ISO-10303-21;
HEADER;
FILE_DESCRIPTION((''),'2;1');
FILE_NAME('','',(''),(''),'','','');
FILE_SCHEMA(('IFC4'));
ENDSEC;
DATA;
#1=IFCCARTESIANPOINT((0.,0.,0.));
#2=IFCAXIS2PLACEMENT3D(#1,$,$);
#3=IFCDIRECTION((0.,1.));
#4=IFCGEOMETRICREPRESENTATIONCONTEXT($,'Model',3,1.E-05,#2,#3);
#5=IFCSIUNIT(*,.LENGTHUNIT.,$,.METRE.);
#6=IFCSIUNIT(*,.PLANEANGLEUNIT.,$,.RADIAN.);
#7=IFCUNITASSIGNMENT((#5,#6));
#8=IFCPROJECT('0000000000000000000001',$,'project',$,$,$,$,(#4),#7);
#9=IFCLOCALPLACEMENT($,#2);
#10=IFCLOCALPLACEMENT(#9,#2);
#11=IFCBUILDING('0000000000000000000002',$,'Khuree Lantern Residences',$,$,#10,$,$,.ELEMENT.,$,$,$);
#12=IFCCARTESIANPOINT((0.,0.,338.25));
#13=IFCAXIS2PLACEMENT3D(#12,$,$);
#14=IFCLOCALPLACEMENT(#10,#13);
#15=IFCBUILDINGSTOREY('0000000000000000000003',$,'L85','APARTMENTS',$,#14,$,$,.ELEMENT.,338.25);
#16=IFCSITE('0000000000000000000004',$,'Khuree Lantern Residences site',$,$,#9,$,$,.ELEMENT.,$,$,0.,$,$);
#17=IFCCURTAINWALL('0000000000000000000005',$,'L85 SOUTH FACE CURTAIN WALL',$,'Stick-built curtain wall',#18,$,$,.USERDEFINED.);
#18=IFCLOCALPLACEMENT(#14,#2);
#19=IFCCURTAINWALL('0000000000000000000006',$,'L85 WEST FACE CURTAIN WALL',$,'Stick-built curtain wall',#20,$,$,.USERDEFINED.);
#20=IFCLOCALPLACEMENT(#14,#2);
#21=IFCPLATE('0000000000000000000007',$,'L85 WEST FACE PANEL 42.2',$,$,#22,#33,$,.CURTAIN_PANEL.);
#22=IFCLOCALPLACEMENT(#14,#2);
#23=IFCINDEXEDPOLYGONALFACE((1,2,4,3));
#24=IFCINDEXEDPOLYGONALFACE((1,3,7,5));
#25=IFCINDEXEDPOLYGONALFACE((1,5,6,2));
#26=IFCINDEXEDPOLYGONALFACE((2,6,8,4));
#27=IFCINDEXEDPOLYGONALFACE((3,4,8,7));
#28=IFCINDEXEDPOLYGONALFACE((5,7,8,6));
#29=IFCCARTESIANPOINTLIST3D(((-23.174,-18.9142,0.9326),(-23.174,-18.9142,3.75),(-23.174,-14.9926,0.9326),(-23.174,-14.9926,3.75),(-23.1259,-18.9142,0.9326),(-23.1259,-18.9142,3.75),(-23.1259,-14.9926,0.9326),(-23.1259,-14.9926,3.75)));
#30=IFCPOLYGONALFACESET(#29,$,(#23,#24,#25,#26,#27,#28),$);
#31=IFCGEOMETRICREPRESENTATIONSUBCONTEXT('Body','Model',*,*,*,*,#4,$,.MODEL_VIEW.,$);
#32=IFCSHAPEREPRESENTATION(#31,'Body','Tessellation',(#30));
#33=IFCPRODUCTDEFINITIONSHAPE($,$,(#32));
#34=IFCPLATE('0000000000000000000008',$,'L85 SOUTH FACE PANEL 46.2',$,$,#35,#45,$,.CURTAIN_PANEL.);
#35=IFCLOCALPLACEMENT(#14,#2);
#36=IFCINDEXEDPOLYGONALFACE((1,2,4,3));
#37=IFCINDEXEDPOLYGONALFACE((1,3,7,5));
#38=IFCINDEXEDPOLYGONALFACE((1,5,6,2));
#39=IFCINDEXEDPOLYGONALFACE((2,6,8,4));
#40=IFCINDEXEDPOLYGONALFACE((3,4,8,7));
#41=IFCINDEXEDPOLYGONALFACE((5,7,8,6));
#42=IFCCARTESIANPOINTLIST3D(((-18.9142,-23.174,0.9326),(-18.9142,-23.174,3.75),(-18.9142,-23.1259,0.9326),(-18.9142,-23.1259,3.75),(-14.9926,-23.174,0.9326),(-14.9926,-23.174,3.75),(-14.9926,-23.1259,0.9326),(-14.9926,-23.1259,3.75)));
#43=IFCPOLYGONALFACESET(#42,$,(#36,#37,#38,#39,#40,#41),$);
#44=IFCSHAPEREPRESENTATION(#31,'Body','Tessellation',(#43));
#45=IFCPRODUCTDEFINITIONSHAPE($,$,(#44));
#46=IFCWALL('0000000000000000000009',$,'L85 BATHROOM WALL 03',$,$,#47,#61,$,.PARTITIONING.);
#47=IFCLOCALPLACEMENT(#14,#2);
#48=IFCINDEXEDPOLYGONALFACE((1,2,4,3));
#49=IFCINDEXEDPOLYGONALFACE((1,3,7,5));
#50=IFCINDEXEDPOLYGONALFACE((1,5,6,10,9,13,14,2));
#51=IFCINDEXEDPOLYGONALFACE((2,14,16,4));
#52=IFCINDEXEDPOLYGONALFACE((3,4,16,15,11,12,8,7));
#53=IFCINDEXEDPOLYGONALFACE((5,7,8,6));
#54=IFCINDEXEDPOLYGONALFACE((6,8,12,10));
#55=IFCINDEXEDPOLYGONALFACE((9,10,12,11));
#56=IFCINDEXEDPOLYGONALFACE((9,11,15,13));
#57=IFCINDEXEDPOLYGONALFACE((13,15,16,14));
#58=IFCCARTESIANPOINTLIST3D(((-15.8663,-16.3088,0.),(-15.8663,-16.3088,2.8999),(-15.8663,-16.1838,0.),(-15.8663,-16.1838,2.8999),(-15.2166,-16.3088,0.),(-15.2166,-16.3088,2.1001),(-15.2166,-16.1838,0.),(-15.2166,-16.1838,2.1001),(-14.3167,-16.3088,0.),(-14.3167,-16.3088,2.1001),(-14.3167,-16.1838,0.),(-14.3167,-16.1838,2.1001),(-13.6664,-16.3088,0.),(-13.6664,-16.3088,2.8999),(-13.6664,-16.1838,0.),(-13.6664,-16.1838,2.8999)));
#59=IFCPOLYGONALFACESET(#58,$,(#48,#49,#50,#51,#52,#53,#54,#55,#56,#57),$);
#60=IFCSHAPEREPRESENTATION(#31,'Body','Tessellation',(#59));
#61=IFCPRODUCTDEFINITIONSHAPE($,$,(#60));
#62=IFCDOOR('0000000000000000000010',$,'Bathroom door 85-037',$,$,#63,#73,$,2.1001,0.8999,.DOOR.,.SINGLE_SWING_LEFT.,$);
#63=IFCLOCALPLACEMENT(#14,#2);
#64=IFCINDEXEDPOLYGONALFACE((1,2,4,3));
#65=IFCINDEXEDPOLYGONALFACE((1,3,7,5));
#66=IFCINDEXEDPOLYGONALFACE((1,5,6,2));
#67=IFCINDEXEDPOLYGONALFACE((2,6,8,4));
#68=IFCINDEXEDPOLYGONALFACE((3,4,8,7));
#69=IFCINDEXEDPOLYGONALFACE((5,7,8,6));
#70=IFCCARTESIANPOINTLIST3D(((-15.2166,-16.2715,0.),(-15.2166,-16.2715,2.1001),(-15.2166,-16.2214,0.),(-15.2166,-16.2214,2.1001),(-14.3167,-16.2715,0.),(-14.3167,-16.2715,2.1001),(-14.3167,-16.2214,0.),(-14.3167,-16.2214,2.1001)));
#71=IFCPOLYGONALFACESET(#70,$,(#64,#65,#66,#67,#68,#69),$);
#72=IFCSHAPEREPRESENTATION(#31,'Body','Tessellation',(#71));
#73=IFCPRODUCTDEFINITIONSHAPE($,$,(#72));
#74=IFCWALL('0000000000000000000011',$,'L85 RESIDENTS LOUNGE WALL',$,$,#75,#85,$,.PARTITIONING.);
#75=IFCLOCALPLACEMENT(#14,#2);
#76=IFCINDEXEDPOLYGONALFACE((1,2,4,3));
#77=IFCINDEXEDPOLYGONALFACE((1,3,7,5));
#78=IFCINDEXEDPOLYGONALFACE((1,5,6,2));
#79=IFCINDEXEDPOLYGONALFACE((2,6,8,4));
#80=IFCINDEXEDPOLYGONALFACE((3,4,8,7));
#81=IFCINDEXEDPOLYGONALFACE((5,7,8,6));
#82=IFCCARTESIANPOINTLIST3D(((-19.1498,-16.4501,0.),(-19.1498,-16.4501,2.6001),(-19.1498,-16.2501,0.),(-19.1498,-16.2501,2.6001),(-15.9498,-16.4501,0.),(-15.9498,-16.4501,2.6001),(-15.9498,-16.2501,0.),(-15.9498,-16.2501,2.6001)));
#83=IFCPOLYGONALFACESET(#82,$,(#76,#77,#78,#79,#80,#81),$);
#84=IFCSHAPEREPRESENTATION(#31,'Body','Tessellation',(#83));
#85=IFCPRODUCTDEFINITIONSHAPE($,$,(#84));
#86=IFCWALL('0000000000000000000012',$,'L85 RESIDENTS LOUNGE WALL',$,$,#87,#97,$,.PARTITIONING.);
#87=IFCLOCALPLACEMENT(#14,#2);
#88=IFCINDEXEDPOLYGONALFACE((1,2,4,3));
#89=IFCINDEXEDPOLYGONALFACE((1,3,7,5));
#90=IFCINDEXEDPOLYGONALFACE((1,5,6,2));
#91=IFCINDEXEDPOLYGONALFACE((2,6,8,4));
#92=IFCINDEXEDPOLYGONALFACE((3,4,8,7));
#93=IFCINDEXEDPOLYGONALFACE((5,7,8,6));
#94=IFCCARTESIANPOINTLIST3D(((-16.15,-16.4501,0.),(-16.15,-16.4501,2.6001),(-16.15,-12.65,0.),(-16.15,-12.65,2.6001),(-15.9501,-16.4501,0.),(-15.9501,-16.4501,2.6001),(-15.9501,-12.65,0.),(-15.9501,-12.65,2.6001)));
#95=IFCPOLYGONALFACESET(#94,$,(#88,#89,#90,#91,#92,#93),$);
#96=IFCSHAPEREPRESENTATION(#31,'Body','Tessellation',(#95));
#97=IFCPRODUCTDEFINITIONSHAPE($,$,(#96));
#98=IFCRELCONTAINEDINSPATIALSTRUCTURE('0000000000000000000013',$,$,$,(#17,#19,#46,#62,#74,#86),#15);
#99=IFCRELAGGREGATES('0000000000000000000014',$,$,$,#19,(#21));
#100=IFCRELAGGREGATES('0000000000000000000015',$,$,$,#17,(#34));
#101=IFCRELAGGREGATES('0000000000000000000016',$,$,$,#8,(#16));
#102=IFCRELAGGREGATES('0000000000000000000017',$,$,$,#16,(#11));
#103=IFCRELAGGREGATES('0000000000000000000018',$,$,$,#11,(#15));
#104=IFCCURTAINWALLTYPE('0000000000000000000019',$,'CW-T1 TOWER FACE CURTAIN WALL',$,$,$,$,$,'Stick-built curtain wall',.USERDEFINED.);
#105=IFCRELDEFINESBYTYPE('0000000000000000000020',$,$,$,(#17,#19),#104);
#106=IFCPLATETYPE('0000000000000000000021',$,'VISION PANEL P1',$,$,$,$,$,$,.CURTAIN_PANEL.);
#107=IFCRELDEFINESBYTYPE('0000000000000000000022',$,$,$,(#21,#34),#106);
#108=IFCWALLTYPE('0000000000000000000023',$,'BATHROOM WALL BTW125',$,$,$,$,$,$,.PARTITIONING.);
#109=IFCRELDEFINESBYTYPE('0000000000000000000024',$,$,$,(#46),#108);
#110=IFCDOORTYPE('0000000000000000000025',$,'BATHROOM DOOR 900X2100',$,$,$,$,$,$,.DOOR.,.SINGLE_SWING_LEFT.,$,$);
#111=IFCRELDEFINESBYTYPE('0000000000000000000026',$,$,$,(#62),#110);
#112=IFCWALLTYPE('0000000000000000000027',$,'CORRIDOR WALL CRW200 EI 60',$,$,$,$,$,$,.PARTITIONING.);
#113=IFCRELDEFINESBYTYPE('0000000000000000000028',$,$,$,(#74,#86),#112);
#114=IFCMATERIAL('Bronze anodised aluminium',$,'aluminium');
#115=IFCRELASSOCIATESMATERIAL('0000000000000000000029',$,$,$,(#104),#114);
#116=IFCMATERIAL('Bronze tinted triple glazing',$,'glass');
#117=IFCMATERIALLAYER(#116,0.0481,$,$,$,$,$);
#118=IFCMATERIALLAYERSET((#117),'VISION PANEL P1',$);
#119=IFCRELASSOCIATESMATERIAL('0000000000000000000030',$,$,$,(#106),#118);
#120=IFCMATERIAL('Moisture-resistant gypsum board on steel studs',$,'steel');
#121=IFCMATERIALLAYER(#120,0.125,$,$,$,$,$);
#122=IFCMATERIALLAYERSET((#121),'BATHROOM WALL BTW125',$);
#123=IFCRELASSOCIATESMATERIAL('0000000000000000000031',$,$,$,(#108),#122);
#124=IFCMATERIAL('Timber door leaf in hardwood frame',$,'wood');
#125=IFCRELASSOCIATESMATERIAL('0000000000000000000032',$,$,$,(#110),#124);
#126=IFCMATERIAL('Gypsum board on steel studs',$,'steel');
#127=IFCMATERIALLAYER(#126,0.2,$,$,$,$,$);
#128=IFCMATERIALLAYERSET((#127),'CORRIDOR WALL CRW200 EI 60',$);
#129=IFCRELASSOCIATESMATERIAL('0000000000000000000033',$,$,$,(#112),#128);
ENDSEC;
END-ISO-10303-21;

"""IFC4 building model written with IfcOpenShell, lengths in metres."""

from ifc_helpers import new_model, si_unit, direction, frame, frame_2d, origin, origin_2d, place, context, subcontext, project, spatial, rectangle, extrude, material, layer, layer_set, type_object, element, fill, aggregate, save


model = new_model("IFC4")

# Units and contexts
model_context = context("Model", 3, precision=1e-05, world=origin(), true_north=direction((0.0, 1.0)))
body_context = subcontext(model_context, "Body", "Model", "MODEL_VIEW")
ifc_project = project(units=[si_unit("LENGTHUNIT", "METRE"), si_unit("PLANEANGLEUNIT", "RADIAN")], contexts=[model_context])

# Site, building, storey
site_placement = place(None, origin())
site = spatial("IfcSite", under=ifc_project, at=site_placement, Name="Khuree Lantern Residences site", CompositionType="ELEMENT", RefElevation=0.0)
building_placement = place(site_placement, origin())
building = spatial("IfcBuilding", under=site, at=building_placement, Name="Khuree Lantern Residences", CompositionType="ELEMENT")
storey_placement = place(building_placement, frame((0.0, 0.0, 338.25)))
storey = spatial("IfcBuildingStorey", under=building, at=storey_placement, Name="L85", Description="APARTMENTS", CompositionType="ELEMENT", Elevation=338.25)

# Shared definitions
ifc_material_1 = material(Name="Bronze anodised aluminium", Category="aluminium")

# Curtain walls
curtain_wall_type_1 = type_object("IfcCurtainWallType", Name="CW-T1 TOWER FACE CURTAIN WALL", ElementType="Stick-built curtain wall", PredefinedType="USERDEFINED", material=ifc_material_1)
curtain_wall_1_placement = place(storey_placement, origin())
curtain_wall_1 = element("IfcCurtainWall", 1, at=curtain_wall_1_placement, inside=storey, type_object=curtain_wall_type_1, Name="L85 SOUTH FACE CURTAIN WALL", ObjectType="Stick-built curtain wall", PredefinedType="USERDEFINED")
curtain_wall_2_placement = place(storey_placement, origin())
curtain_wall_2 = element("IfcCurtainWall", 2, at=curtain_wall_2_placement, inside=storey, type_object=curtain_wall_type_1, Name="L85 WEST FACE CURTAIN WALL", ObjectType="Stick-built curtain wall", PredefinedType="USERDEFINED")

# Plates
ifc_material_2 = material(Name="Bronze tinted triple glazing", Category="glass")
ifc_layer_1 = layer(ifc_material_2, 0.0481)
ifc_layer_set_1 = layer_set([ifc_layer_1], Name="VISION PANEL P1")
plate_type_1 = type_object("IfcPlateType", Name="VISION PANEL P1", PredefinedType="CURTAIN_PANEL", material=ifc_layer_set_1)
plate_1_placement = place(storey_placement, frame((-23.1499, -16.9534, 0.9326), z_axis=(0.0, 0.0, 1.0), x_axis=(0.0, -1.0, 0.0)))
plate_1 = element("IfcPlate", 3, at=plate_1_placement, type_object=plate_type_1, Name="L85 WEST FACE PANEL 42.2", PredefinedType="CURTAIN_PANEL", context=body_context, shape_type="SweptSolid", body=[
    extrude(rectangle(XDim=3.9216, YDim=0.0481, at=origin_2d()), origin(), (0.0, 0.0, 1.0), 2.8174),
])
aggregate(curtain_wall_2, [plate_1])
plate_2_placement = place(storey_placement, frame((-16.9534, -23.1499, 0.9326), z_axis=(0.0, 0.0, 1.0), x_axis=(1.0, 0.0, 0.0)))
plate_2 = element("IfcPlate", 4, at=plate_2_placement, type_object=plate_type_1, Name="L85 SOUTH FACE PANEL 46.2", PredefinedType="CURTAIN_PANEL", context=body_context, shape_type="SweptSolid", body=[
    extrude(rectangle(XDim=3.9216, YDim=0.0481, at=origin_2d()), origin(), (0.0, 0.0, 1.0), 2.8174),
])
aggregate(curtain_wall_1, [plate_2])

# Wall, opening, door
ifc_material_3 = material(Name="Moisture-resistant gypsum board on steel studs", Category="steel")
ifc_layer_2 = layer(ifc_material_3, 0.125)
ifc_layer_set_2 = layer_set([ifc_layer_2], Name="BATHROOM WALL BTW125")
wall_type_1 = type_object("IfcWallType", Name="BATHROOM WALL BTW125", PredefinedType="PARTITIONING", material=ifc_layer_set_2)
wall_1_placement = place(storey_placement, frame((-15.8665, -16.2463, 0.0), z_axis=(0.0, 0.0, 1.0), x_axis=(1.0, 0.0, 0.0)))
wall_1 = element("IfcWall", 5, at=wall_1_placement, inside=storey, type_object=wall_type_1, Name="L85 BATHROOM WALL 03", PredefinedType="PARTITIONING", context=body_context, shape_type="SweptSolid", body=[
    extrude(rectangle(XDim=2.2, YDim=0.125, at=frame_2d((1.1001, 0.0))), origin(), (0.0, 0.0, 1.0), 2.8999),
])
opening_placement = place(wall_1_placement, frame((0.6499, 0.0, 0.0)))
opening = element("IfcOpeningElement", 6, at=opening_placement, cuts=wall_1, PredefinedType="OPENING", context=body_context, shape_type="SweptSolid", body=[
    extrude(rectangle(XDim=0.8999, YDim=2.1001, at=frame_2d((0.45, 1.05))), frame((0.0, 0.0725, 0.0), z_axis=(0.0, -1.0, 0.0), x_axis=(1.0, 0.0, 0.0)), (0.0, 0.0, 1.0), 0.145),
])
ifc_material_4 = material(Name="Timber door leaf in hardwood frame", Category="wood")
door_type = type_object("IfcDoorType", Name="BATHROOM DOOR 900X2100", OperationType="SINGLE_SWING_LEFT", PredefinedType="DOOR", material=ifc_material_4)
door_placement = place(opening_placement, origin())
door = element("IfcDoor", 7, at=door_placement, inside=storey, type_object=door_type, Name="Bathroom door 85-037", OperationType="SINGLE_SWING_LEFT", OverallHeight=2.1001, OverallWidth=0.8999, PredefinedType="DOOR", context=body_context, shape_type="SweptSolid", body=[
    extrude(rectangle(XDim=0.8999, YDim=2.1001, at=frame_2d((0.45, 1.05))), frame((0.0, 0.0249, 0.0), z_axis=(0.0, -1.0, 0.0), x_axis=(1.0, 0.0, 0.0)), (0.0, 0.0, 1.0), 0.05),
])
fill(opening, door)

# Walls
ifc_material_5 = material(Name="Gypsum board on steel studs", Category="steel")
ifc_layer_3 = layer(ifc_material_5, 0.2)
ifc_layer_set_3 = layer_set([ifc_layer_3], Name="CORRIDOR WALL CRW200 EI 60")
wall_type_2 = type_object("IfcWallType", Name="CORRIDOR WALL CRW200 EI 60", PredefinedType="PARTITIONING", material=ifc_layer_set_3)
wall_2_placement = place(storey_placement, frame((-19.1499, -16.3501, 0.0), z_axis=(0.0, 0.0, 1.0), x_axis=(1.0, 0.0, 0.0)))
element("IfcWall", 8, at=wall_2_placement, inside=storey, type_object=wall_type_2, Name="L85 RESIDENTS LOUNGE WALL", PredefinedType="PARTITIONING", context=body_context, shape_type="SweptSolid", body=[
    extrude(rectangle(XDim=3.2, YDim=0.2, at=frame_2d((1.6001, 0.0))), origin(), (0.0, 0.0, 1.0), 2.6001),
])
wall_3_placement = place(storey_placement, frame((-16.05, -16.45, 0.0), z_axis=(0.0, 0.0, 1.0), x_axis=(0.0, 1.0, 0.0)))
element("IfcWall", 9, at=wall_3_placement, inside=storey, type_object=wall_type_2, Name="L85 RESIDENTS LOUNGE WALL", PredefinedType="PARTITIONING", context=body_context, shape_type="SweptSolid", body=[
    extrude(rectangle(XDim=3.8, YDim=0.2, at=frame_2d((1.8999, 0.0))), origin(), (0.0, 0.0, 1.0), 2.6001),
])

save(model, "model.ifc")
